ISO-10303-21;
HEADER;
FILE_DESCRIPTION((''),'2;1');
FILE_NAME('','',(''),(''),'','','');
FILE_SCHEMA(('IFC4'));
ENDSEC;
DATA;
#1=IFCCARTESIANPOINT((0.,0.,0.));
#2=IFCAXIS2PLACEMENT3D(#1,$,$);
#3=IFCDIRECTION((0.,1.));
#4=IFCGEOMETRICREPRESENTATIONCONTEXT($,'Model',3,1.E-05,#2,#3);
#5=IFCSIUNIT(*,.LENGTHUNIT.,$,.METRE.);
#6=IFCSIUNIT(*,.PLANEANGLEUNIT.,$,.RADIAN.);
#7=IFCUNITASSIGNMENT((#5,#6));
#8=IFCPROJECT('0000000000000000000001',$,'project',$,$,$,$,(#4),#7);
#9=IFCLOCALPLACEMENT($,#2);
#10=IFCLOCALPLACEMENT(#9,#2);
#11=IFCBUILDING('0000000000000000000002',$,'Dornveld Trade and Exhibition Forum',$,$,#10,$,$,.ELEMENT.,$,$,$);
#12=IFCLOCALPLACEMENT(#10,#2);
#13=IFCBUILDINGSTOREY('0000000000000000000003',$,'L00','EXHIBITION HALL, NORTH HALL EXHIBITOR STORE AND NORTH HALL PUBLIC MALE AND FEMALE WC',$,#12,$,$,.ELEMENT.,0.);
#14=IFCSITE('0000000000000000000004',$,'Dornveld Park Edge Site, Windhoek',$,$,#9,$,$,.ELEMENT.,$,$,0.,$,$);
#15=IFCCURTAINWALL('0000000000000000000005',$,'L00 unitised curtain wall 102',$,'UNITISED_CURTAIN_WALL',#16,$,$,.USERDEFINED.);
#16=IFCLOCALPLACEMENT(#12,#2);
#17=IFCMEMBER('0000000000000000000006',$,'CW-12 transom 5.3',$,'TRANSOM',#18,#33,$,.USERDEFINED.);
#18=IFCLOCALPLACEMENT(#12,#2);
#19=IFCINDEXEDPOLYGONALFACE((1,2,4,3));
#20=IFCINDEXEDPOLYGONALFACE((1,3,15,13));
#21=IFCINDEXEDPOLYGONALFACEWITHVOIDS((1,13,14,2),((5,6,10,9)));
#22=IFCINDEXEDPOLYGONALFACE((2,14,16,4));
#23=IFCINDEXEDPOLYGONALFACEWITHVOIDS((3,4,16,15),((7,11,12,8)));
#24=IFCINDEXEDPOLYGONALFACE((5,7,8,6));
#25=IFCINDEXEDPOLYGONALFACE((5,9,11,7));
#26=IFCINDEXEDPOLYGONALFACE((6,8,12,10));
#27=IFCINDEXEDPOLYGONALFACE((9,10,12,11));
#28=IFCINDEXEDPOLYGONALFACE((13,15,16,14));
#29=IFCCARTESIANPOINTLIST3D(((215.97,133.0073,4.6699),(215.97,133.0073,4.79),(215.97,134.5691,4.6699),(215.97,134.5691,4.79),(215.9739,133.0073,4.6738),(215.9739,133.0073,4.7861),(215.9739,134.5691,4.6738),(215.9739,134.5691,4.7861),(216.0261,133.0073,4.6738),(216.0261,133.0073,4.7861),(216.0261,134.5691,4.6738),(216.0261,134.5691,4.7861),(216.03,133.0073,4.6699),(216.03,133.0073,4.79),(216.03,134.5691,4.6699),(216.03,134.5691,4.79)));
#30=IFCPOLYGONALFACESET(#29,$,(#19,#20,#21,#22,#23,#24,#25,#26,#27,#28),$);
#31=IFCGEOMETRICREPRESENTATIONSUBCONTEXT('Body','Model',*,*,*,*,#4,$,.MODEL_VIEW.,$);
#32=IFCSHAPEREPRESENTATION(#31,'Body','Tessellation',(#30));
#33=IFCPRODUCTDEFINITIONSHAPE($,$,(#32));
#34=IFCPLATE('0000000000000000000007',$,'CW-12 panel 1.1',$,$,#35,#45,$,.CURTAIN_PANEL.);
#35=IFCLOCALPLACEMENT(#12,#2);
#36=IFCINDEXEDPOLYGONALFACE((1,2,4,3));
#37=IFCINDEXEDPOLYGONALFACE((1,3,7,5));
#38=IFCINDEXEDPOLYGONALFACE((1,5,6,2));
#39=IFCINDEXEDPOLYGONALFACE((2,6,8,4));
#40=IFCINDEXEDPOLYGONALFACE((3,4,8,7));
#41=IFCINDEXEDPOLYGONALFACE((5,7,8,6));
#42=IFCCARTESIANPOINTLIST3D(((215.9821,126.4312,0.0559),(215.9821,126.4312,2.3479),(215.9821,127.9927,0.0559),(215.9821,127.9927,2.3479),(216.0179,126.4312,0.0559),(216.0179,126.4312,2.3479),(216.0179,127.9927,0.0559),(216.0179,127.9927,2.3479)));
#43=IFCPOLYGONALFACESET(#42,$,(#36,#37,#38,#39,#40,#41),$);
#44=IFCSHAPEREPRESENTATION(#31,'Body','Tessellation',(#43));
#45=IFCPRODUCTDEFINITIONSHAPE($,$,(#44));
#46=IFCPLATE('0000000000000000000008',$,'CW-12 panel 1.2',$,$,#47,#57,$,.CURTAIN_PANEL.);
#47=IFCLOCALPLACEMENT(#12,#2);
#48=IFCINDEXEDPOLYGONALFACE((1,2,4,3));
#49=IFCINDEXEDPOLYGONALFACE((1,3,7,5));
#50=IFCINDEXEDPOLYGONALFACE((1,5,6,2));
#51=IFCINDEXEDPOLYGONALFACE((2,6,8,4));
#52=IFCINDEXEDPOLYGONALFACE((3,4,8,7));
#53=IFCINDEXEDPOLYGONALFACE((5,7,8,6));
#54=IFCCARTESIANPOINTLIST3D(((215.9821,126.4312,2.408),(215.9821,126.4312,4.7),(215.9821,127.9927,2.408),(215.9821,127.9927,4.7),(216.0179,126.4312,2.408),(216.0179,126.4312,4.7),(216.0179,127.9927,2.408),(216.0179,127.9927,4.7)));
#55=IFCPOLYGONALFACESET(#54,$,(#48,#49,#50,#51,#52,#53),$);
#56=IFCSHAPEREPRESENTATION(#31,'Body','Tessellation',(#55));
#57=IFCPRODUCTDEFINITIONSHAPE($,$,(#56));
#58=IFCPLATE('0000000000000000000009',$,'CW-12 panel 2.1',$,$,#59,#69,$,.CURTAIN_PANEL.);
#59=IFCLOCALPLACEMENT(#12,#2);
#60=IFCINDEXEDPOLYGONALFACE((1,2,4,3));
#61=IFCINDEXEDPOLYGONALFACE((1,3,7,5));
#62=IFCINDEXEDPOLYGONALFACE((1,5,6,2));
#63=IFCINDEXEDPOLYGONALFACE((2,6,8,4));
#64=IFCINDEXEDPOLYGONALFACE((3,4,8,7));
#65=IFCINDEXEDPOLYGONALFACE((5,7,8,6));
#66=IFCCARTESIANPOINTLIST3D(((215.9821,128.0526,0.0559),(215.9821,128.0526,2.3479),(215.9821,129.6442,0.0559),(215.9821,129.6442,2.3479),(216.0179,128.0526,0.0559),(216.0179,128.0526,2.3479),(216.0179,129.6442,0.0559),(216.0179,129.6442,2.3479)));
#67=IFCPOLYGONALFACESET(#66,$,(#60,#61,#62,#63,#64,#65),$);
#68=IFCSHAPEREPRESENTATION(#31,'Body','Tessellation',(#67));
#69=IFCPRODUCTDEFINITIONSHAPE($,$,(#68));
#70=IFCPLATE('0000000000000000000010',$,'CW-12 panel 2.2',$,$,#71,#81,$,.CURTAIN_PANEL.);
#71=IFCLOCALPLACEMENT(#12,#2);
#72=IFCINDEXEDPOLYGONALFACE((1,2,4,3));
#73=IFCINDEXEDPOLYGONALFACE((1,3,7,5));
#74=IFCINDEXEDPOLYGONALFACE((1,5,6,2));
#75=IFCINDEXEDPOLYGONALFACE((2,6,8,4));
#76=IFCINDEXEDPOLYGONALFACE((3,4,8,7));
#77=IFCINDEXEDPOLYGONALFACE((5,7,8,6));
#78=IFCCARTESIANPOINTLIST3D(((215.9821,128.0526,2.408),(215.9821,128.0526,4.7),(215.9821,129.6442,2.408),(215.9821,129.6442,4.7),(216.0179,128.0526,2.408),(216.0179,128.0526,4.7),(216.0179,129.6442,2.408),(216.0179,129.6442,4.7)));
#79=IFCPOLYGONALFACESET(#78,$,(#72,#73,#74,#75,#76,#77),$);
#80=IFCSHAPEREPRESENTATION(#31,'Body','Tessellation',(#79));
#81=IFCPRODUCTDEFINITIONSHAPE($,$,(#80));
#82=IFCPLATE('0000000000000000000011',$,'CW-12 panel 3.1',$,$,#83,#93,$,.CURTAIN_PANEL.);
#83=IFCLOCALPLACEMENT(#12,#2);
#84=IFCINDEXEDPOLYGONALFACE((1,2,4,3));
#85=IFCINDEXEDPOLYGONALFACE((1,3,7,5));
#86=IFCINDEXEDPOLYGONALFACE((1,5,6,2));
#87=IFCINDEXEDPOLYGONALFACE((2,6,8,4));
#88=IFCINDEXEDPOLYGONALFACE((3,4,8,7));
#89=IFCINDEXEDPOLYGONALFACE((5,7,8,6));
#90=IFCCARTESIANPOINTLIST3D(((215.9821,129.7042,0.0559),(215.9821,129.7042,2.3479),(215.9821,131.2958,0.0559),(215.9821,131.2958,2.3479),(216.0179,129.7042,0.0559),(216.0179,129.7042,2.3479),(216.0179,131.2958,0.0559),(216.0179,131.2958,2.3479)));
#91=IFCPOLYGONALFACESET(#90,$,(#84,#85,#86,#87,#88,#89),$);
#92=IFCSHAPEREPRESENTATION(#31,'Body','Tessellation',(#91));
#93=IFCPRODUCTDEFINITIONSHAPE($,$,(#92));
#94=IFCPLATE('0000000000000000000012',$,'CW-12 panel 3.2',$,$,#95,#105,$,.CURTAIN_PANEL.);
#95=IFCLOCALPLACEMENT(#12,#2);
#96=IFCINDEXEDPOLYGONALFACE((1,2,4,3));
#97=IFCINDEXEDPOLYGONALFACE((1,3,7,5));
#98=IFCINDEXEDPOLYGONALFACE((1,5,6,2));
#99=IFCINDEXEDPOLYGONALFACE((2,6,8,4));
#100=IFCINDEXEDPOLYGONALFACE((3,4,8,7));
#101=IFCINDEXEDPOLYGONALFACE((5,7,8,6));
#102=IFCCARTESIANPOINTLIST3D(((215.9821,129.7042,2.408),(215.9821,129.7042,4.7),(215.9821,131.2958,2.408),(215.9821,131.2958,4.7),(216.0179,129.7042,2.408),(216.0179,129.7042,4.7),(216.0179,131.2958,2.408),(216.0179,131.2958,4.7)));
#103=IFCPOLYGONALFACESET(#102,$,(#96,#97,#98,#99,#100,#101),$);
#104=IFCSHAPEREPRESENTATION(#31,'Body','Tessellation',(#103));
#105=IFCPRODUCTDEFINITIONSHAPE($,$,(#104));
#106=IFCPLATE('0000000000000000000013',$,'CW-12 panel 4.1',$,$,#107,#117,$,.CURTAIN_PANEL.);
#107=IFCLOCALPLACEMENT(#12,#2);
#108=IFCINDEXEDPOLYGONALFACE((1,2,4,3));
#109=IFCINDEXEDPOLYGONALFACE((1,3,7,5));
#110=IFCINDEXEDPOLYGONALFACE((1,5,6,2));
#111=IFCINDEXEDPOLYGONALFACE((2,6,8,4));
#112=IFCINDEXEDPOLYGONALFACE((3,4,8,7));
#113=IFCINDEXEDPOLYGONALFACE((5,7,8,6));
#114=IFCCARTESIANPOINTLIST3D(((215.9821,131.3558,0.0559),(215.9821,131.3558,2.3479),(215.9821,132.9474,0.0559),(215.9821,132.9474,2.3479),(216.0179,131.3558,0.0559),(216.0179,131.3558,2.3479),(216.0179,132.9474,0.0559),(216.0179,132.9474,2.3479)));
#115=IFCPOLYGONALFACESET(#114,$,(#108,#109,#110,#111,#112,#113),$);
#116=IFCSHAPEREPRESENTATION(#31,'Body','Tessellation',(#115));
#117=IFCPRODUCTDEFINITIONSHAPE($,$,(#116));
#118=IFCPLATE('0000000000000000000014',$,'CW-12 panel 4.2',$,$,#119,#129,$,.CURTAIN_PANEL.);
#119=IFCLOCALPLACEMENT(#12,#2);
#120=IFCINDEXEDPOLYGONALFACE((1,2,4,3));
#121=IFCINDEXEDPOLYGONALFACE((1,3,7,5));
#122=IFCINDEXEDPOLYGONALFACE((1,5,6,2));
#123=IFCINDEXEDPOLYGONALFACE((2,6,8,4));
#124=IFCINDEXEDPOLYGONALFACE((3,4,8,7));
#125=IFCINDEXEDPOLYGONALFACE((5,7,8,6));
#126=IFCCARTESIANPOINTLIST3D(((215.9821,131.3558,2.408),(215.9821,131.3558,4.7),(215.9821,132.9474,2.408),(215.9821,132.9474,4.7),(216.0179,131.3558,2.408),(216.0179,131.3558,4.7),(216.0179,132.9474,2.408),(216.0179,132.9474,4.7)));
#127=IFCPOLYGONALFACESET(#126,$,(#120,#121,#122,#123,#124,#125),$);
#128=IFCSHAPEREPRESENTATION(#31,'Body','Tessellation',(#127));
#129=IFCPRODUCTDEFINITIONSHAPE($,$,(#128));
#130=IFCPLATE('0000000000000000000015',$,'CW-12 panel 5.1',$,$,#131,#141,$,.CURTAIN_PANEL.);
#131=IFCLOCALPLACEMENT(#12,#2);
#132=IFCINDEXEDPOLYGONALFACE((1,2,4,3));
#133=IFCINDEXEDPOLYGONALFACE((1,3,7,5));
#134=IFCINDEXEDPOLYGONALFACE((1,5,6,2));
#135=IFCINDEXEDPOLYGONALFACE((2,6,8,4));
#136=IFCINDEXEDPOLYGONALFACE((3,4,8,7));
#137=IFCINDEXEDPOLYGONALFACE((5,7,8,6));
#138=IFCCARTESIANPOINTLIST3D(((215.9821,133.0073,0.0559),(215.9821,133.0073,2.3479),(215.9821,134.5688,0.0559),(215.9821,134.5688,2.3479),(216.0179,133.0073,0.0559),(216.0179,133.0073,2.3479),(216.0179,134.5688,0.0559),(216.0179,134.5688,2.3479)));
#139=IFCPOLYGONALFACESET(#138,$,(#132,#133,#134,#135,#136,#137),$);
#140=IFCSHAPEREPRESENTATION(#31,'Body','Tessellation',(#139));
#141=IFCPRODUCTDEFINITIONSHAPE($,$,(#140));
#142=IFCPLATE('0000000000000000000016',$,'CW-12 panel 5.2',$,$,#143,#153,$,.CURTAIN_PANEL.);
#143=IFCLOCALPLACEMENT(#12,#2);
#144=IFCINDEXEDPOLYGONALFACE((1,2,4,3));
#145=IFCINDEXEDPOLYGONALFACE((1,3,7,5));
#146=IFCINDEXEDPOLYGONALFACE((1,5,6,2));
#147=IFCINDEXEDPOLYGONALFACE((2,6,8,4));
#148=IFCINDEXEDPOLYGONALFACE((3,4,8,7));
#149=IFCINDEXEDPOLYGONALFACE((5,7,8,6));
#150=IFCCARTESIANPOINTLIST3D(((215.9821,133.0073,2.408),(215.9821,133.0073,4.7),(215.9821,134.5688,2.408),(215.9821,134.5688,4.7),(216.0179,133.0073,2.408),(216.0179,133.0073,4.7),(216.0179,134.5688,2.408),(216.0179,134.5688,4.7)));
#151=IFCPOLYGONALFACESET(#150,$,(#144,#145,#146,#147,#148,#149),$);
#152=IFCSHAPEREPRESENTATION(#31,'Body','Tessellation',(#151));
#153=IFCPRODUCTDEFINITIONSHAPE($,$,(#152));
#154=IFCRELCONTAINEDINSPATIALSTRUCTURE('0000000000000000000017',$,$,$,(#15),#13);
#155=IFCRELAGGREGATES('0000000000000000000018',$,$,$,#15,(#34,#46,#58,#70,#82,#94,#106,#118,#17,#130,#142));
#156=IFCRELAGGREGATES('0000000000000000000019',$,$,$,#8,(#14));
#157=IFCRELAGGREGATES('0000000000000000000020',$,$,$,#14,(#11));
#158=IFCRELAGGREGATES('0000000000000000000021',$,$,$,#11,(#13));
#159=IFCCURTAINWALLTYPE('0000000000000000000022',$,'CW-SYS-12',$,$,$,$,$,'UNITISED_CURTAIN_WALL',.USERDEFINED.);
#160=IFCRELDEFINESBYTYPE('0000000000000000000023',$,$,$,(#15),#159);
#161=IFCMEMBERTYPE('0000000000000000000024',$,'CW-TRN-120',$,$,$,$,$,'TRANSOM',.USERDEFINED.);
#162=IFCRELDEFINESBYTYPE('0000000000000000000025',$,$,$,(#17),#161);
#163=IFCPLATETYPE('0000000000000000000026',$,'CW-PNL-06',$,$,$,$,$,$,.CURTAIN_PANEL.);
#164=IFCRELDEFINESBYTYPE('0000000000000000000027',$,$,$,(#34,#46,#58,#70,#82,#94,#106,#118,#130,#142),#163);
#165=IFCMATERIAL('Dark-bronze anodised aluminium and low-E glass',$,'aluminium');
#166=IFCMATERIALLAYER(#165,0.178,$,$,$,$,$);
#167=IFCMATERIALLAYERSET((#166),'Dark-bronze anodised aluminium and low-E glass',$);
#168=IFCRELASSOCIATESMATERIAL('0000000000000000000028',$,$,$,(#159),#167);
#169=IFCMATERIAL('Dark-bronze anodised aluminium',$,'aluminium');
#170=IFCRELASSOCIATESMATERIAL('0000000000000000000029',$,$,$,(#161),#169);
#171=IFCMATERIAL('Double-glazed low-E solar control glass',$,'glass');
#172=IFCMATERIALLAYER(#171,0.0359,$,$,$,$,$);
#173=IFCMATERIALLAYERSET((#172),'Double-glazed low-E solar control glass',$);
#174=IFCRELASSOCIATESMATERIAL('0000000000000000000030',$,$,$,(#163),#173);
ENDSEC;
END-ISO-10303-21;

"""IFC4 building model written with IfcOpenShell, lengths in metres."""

from ifc_helpers import new_model, si_unit, direction, frame, origin, origin_2d, place, context, subcontext, project, spatial, rectangle, hollow_rectangle, extrude, material, layer, layer_set, material_profile, profile_set, type_object, element, aggregate, save


model = new_model("IFC4")

# Units and contexts
model_context = context("Model", 3, precision=1e-05, world=origin(), true_north=direction((0.0, 1.0)))
body_context = subcontext(model_context, "Body", "Model", "MODEL_VIEW")
ifc_project = project(units=[si_unit("LENGTHUNIT", "METRE"), si_unit("PLANEANGLEUNIT", "RADIAN")], contexts=[model_context])

# Site, building, storey
site_placement = place(None, origin())
site = spatial("IfcSite", under=ifc_project, at=site_placement, Name="Dornveld Park Edge Site, Windhoek", CompositionType="ELEMENT", RefElevation=0.0)
building_placement = place(site_placement, origin())
building = spatial("IfcBuilding", under=site, at=building_placement, Name="Dornveld Trade and Exhibition Forum", CompositionType="ELEMENT")
storey_placement = place(building_placement, origin())
storey = spatial("IfcBuildingStorey", under=building, at=storey_placement, Name="L00", Description="EXHIBITION HALL, NORTH HALL EXHIBITOR STORE AND NORTH HALL PUBLIC MALE AND FEMALE WC", CompositionType="ELEMENT", Elevation=0.0)

# Curtain wall, member, plates
ifc_material_1 = material(Name="Dark-bronze anodised aluminium and low-E glass", Category="aluminium")
ifc_layer_1 = layer(ifc_material_1, 0.178)
ifc_layer_set_1 = layer_set([ifc_layer_1], Name="Dark-bronze anodised aluminium and low-E glass")
curtain_wall_type = type_object("IfcCurtainWallType", Name="CW-SYS-12", ElementType="UNITISED_CURTAIN_WALL", PredefinedType="USERDEFINED", material=ifc_layer_set_1)
curtain_wall_placement = place(storey_placement, origin())
curtain_wall = element("IfcCurtainWall", 1, at=curtain_wall_placement, inside=storey, type_object=curtain_wall_type, Name="L00 unitised curtain wall 102", ObjectType="UNITISED_CURTAIN_WALL", PredefinedType="USERDEFINED")
ifc_material_2 = material(Name="Dark-bronze anodised aluminium", Category="aluminium")
ifc_material_profile_1 = material_profile(ifc_material_2, hollow_rectangle(XDim=0.0601, YDim=0.1201, WallThickness=0.0039, at=origin_2d()), Name="RHS 120x60x4")
ifc_profile_set_1 = profile_set([ifc_material_profile_1], Name="Dark-bronze anodised aluminium")
member_type_1 = type_object("IfcMemberType", Name="CW-TRN-120", ElementType="TRANSOM", PredefinedType="USERDEFINED", material=ifc_profile_set_1)
member_1_placement = place(storey_placement, frame((216.0, 133.0073, 4.73), z_axis=(0.0, 1.0, 0.0), x_axis=(-1.0, 0.0, 0.0)))
member_1 = element("IfcMember", 2, at=member_1_placement, type_object=member_type_1, Name="CW-12 transom 5.3", ObjectType="TRANSOM", PredefinedType="USERDEFINED", context=body_context, shape_type="SweptSolid", body=[
    extrude(hollow_rectangle(XDim=0.0601, YDim=0.1201, WallThickness=0.0039, at=origin_2d()), origin(), (0.0, 0.0, 1.0), 1.5618),
])
ifc_material_3 = material(Name="Double-glazed low-E solar control glass", Category="glass")
ifc_layer_2 = layer(ifc_material_3, 0.0359)
ifc_layer_set_2 = layer_set([ifc_layer_2], Name="Double-glazed low-E solar control glass")
plate_type = type_object("IfcPlateType", Name="CW-PNL-06", PredefinedType="CURTAIN_PANEL", material=ifc_layer_set_2)
plate_1_placement = place(storey_placement, frame((216.0, 127.2119, 0.0559), z_axis=(0.0, 0.0, 1.0), x_axis=(0.0, 1.0, 0.0)))
plate_1 = element("IfcPlate", 3, at=plate_1_placement, type_object=plate_type, Name="CW-12 panel 1.1", PredefinedType="CURTAIN_PANEL", context=body_context, shape_type="SweptSolid", body=[
    extrude(rectangle(XDim=1.5615, YDim=0.0359, at=origin_2d()), origin(), (0.0, 0.0, 1.0), 2.292),
])
plate_2_placement = place(storey_placement, frame((216.0, 127.2119, 2.408), z_axis=(0.0, 0.0, 1.0), x_axis=(0.0, 1.0, 0.0)))
plate_2 = element("IfcPlate", 4, at=plate_2_placement, type_object=plate_type, Name="CW-12 panel 1.2", PredefinedType="CURTAIN_PANEL", context=body_context, shape_type="SweptSolid", body=[
    extrude(rectangle(XDim=1.5615, YDim=0.0359, at=origin_2d()), origin(), (0.0, 0.0, 1.0), 2.292),
])
plate_3_placement = place(storey_placement, frame((216.0, 128.8484, 0.0559), z_axis=(0.0, 0.0, 1.0), x_axis=(0.0, 1.0, 0.0)))
plate_3 = element("IfcPlate", 5, at=plate_3_placement, type_object=plate_type, Name="CW-12 panel 2.1", PredefinedType="CURTAIN_PANEL", context=body_context, shape_type="SweptSolid", body=[
    extrude(rectangle(XDim=1.5916, YDim=0.0359, at=origin_2d()), origin(), (0.0, 0.0, 1.0), 2.292),
])
plate_4_placement = place(storey_placement, frame((216.0, 128.8484, 2.408), z_axis=(0.0, 0.0, 1.0), x_axis=(0.0, 1.0, 0.0)))
plate_4 = element("IfcPlate", 6, at=plate_4_placement, type_object=plate_type, Name="CW-12 panel 2.2", PredefinedType="CURTAIN_PANEL", context=body_context, shape_type="SweptSolid", body=[
    extrude(rectangle(XDim=1.5916, YDim=0.0359, at=origin_2d()), origin(), (0.0, 0.0, 1.0), 2.292),
])
plate_5_placement = place(storey_placement, frame((216.0, 130.5, 0.0559), z_axis=(0.0, 0.0, 1.0), x_axis=(0.0, 1.0, 0.0)))
plate_5 = element("IfcPlate", 7, at=plate_5_placement, type_object=plate_type, Name="CW-12 panel 3.1", PredefinedType="CURTAIN_PANEL", context=body_context, shape_type="SweptSolid", body=[
    extrude(rectangle(XDim=1.5916, YDim=0.0359, at=origin_2d()), origin(), (0.0, 0.0, 1.0), 2.292),
])
plate_6_placement = place(storey_placement, frame((216.0, 130.5, 2.408), z_axis=(0.0, 0.0, 1.0), x_axis=(0.0, 1.0, 0.0)))
plate_6 = element("IfcPlate", 8, at=plate_6_placement, type_object=plate_type, Name="CW-12 panel 3.2", PredefinedType="CURTAIN_PANEL", context=body_context, shape_type="SweptSolid", body=[
    extrude(rectangle(XDim=1.5916, YDim=0.0359, at=origin_2d()), origin(), (0.0, 0.0, 1.0), 2.292),
])
plate_7_placement = place(storey_placement, frame((216.0, 132.1516, 0.0559), z_axis=(0.0, 0.0, 1.0), x_axis=(0.0, 1.0, 0.0)))
plate_7 = element("IfcPlate", 9, at=plate_7_placement, type_object=plate_type, Name="CW-12 panel 4.1", PredefinedType="CURTAIN_PANEL", context=body_context, shape_type="SweptSolid", body=[
    extrude(rectangle(XDim=1.5916, YDim=0.0359, at=origin_2d()), origin(), (0.0, 0.0, 1.0), 2.292),
])
plate_8_placement = place(storey_placement, frame((216.0, 132.1516, 2.408), z_axis=(0.0, 0.0, 1.0), x_axis=(0.0, 1.0, 0.0)))
plate_8 = element("IfcPlate", 10, at=plate_8_placement, type_object=plate_type, Name="CW-12 panel 4.2", PredefinedType="CURTAIN_PANEL", context=body_context, shape_type="SweptSolid", body=[
    extrude(rectangle(XDim=1.5916, YDim=0.0359, at=origin_2d()), origin(), (0.0, 0.0, 1.0), 2.292),
])
plate_9_placement = place(storey_placement, frame((216.0, 133.7881, 0.0559), z_axis=(0.0, 0.0, 1.0), x_axis=(0.0, 1.0, 0.0)))
plate_9 = element("IfcPlate", 11, at=plate_9_placement, type_object=plate_type, Name="CW-12 panel 5.1", PredefinedType="CURTAIN_PANEL", context=body_context, shape_type="SweptSolid", body=[
    extrude(rectangle(XDim=1.5615, YDim=0.0359, at=origin_2d()), origin(), (0.0, 0.0, 1.0), 2.292),
])
plate_10_placement = place(storey_placement, frame((216.0, 133.7881, 2.408), z_axis=(0.0, 0.0, 1.0), x_axis=(0.0, 1.0, 0.0)))
plate_10 = element("IfcPlate", 12, at=plate_10_placement, type_object=plate_type, Name="CW-12 panel 5.2", PredefinedType="CURTAIN_PANEL", context=body_context, shape_type="SweptSolid", body=[
    extrude(rectangle(XDim=1.5615, YDim=0.0359, at=origin_2d()), origin(), (0.0, 0.0, 1.0), 2.292),
])
aggregate(curtain_wall, [plate_1, plate_2, plate_3, plate_4, plate_5, plate_6, plate_7, plate_8, member_1, plate_9, plate_10])

save(model, "model.ifc")
